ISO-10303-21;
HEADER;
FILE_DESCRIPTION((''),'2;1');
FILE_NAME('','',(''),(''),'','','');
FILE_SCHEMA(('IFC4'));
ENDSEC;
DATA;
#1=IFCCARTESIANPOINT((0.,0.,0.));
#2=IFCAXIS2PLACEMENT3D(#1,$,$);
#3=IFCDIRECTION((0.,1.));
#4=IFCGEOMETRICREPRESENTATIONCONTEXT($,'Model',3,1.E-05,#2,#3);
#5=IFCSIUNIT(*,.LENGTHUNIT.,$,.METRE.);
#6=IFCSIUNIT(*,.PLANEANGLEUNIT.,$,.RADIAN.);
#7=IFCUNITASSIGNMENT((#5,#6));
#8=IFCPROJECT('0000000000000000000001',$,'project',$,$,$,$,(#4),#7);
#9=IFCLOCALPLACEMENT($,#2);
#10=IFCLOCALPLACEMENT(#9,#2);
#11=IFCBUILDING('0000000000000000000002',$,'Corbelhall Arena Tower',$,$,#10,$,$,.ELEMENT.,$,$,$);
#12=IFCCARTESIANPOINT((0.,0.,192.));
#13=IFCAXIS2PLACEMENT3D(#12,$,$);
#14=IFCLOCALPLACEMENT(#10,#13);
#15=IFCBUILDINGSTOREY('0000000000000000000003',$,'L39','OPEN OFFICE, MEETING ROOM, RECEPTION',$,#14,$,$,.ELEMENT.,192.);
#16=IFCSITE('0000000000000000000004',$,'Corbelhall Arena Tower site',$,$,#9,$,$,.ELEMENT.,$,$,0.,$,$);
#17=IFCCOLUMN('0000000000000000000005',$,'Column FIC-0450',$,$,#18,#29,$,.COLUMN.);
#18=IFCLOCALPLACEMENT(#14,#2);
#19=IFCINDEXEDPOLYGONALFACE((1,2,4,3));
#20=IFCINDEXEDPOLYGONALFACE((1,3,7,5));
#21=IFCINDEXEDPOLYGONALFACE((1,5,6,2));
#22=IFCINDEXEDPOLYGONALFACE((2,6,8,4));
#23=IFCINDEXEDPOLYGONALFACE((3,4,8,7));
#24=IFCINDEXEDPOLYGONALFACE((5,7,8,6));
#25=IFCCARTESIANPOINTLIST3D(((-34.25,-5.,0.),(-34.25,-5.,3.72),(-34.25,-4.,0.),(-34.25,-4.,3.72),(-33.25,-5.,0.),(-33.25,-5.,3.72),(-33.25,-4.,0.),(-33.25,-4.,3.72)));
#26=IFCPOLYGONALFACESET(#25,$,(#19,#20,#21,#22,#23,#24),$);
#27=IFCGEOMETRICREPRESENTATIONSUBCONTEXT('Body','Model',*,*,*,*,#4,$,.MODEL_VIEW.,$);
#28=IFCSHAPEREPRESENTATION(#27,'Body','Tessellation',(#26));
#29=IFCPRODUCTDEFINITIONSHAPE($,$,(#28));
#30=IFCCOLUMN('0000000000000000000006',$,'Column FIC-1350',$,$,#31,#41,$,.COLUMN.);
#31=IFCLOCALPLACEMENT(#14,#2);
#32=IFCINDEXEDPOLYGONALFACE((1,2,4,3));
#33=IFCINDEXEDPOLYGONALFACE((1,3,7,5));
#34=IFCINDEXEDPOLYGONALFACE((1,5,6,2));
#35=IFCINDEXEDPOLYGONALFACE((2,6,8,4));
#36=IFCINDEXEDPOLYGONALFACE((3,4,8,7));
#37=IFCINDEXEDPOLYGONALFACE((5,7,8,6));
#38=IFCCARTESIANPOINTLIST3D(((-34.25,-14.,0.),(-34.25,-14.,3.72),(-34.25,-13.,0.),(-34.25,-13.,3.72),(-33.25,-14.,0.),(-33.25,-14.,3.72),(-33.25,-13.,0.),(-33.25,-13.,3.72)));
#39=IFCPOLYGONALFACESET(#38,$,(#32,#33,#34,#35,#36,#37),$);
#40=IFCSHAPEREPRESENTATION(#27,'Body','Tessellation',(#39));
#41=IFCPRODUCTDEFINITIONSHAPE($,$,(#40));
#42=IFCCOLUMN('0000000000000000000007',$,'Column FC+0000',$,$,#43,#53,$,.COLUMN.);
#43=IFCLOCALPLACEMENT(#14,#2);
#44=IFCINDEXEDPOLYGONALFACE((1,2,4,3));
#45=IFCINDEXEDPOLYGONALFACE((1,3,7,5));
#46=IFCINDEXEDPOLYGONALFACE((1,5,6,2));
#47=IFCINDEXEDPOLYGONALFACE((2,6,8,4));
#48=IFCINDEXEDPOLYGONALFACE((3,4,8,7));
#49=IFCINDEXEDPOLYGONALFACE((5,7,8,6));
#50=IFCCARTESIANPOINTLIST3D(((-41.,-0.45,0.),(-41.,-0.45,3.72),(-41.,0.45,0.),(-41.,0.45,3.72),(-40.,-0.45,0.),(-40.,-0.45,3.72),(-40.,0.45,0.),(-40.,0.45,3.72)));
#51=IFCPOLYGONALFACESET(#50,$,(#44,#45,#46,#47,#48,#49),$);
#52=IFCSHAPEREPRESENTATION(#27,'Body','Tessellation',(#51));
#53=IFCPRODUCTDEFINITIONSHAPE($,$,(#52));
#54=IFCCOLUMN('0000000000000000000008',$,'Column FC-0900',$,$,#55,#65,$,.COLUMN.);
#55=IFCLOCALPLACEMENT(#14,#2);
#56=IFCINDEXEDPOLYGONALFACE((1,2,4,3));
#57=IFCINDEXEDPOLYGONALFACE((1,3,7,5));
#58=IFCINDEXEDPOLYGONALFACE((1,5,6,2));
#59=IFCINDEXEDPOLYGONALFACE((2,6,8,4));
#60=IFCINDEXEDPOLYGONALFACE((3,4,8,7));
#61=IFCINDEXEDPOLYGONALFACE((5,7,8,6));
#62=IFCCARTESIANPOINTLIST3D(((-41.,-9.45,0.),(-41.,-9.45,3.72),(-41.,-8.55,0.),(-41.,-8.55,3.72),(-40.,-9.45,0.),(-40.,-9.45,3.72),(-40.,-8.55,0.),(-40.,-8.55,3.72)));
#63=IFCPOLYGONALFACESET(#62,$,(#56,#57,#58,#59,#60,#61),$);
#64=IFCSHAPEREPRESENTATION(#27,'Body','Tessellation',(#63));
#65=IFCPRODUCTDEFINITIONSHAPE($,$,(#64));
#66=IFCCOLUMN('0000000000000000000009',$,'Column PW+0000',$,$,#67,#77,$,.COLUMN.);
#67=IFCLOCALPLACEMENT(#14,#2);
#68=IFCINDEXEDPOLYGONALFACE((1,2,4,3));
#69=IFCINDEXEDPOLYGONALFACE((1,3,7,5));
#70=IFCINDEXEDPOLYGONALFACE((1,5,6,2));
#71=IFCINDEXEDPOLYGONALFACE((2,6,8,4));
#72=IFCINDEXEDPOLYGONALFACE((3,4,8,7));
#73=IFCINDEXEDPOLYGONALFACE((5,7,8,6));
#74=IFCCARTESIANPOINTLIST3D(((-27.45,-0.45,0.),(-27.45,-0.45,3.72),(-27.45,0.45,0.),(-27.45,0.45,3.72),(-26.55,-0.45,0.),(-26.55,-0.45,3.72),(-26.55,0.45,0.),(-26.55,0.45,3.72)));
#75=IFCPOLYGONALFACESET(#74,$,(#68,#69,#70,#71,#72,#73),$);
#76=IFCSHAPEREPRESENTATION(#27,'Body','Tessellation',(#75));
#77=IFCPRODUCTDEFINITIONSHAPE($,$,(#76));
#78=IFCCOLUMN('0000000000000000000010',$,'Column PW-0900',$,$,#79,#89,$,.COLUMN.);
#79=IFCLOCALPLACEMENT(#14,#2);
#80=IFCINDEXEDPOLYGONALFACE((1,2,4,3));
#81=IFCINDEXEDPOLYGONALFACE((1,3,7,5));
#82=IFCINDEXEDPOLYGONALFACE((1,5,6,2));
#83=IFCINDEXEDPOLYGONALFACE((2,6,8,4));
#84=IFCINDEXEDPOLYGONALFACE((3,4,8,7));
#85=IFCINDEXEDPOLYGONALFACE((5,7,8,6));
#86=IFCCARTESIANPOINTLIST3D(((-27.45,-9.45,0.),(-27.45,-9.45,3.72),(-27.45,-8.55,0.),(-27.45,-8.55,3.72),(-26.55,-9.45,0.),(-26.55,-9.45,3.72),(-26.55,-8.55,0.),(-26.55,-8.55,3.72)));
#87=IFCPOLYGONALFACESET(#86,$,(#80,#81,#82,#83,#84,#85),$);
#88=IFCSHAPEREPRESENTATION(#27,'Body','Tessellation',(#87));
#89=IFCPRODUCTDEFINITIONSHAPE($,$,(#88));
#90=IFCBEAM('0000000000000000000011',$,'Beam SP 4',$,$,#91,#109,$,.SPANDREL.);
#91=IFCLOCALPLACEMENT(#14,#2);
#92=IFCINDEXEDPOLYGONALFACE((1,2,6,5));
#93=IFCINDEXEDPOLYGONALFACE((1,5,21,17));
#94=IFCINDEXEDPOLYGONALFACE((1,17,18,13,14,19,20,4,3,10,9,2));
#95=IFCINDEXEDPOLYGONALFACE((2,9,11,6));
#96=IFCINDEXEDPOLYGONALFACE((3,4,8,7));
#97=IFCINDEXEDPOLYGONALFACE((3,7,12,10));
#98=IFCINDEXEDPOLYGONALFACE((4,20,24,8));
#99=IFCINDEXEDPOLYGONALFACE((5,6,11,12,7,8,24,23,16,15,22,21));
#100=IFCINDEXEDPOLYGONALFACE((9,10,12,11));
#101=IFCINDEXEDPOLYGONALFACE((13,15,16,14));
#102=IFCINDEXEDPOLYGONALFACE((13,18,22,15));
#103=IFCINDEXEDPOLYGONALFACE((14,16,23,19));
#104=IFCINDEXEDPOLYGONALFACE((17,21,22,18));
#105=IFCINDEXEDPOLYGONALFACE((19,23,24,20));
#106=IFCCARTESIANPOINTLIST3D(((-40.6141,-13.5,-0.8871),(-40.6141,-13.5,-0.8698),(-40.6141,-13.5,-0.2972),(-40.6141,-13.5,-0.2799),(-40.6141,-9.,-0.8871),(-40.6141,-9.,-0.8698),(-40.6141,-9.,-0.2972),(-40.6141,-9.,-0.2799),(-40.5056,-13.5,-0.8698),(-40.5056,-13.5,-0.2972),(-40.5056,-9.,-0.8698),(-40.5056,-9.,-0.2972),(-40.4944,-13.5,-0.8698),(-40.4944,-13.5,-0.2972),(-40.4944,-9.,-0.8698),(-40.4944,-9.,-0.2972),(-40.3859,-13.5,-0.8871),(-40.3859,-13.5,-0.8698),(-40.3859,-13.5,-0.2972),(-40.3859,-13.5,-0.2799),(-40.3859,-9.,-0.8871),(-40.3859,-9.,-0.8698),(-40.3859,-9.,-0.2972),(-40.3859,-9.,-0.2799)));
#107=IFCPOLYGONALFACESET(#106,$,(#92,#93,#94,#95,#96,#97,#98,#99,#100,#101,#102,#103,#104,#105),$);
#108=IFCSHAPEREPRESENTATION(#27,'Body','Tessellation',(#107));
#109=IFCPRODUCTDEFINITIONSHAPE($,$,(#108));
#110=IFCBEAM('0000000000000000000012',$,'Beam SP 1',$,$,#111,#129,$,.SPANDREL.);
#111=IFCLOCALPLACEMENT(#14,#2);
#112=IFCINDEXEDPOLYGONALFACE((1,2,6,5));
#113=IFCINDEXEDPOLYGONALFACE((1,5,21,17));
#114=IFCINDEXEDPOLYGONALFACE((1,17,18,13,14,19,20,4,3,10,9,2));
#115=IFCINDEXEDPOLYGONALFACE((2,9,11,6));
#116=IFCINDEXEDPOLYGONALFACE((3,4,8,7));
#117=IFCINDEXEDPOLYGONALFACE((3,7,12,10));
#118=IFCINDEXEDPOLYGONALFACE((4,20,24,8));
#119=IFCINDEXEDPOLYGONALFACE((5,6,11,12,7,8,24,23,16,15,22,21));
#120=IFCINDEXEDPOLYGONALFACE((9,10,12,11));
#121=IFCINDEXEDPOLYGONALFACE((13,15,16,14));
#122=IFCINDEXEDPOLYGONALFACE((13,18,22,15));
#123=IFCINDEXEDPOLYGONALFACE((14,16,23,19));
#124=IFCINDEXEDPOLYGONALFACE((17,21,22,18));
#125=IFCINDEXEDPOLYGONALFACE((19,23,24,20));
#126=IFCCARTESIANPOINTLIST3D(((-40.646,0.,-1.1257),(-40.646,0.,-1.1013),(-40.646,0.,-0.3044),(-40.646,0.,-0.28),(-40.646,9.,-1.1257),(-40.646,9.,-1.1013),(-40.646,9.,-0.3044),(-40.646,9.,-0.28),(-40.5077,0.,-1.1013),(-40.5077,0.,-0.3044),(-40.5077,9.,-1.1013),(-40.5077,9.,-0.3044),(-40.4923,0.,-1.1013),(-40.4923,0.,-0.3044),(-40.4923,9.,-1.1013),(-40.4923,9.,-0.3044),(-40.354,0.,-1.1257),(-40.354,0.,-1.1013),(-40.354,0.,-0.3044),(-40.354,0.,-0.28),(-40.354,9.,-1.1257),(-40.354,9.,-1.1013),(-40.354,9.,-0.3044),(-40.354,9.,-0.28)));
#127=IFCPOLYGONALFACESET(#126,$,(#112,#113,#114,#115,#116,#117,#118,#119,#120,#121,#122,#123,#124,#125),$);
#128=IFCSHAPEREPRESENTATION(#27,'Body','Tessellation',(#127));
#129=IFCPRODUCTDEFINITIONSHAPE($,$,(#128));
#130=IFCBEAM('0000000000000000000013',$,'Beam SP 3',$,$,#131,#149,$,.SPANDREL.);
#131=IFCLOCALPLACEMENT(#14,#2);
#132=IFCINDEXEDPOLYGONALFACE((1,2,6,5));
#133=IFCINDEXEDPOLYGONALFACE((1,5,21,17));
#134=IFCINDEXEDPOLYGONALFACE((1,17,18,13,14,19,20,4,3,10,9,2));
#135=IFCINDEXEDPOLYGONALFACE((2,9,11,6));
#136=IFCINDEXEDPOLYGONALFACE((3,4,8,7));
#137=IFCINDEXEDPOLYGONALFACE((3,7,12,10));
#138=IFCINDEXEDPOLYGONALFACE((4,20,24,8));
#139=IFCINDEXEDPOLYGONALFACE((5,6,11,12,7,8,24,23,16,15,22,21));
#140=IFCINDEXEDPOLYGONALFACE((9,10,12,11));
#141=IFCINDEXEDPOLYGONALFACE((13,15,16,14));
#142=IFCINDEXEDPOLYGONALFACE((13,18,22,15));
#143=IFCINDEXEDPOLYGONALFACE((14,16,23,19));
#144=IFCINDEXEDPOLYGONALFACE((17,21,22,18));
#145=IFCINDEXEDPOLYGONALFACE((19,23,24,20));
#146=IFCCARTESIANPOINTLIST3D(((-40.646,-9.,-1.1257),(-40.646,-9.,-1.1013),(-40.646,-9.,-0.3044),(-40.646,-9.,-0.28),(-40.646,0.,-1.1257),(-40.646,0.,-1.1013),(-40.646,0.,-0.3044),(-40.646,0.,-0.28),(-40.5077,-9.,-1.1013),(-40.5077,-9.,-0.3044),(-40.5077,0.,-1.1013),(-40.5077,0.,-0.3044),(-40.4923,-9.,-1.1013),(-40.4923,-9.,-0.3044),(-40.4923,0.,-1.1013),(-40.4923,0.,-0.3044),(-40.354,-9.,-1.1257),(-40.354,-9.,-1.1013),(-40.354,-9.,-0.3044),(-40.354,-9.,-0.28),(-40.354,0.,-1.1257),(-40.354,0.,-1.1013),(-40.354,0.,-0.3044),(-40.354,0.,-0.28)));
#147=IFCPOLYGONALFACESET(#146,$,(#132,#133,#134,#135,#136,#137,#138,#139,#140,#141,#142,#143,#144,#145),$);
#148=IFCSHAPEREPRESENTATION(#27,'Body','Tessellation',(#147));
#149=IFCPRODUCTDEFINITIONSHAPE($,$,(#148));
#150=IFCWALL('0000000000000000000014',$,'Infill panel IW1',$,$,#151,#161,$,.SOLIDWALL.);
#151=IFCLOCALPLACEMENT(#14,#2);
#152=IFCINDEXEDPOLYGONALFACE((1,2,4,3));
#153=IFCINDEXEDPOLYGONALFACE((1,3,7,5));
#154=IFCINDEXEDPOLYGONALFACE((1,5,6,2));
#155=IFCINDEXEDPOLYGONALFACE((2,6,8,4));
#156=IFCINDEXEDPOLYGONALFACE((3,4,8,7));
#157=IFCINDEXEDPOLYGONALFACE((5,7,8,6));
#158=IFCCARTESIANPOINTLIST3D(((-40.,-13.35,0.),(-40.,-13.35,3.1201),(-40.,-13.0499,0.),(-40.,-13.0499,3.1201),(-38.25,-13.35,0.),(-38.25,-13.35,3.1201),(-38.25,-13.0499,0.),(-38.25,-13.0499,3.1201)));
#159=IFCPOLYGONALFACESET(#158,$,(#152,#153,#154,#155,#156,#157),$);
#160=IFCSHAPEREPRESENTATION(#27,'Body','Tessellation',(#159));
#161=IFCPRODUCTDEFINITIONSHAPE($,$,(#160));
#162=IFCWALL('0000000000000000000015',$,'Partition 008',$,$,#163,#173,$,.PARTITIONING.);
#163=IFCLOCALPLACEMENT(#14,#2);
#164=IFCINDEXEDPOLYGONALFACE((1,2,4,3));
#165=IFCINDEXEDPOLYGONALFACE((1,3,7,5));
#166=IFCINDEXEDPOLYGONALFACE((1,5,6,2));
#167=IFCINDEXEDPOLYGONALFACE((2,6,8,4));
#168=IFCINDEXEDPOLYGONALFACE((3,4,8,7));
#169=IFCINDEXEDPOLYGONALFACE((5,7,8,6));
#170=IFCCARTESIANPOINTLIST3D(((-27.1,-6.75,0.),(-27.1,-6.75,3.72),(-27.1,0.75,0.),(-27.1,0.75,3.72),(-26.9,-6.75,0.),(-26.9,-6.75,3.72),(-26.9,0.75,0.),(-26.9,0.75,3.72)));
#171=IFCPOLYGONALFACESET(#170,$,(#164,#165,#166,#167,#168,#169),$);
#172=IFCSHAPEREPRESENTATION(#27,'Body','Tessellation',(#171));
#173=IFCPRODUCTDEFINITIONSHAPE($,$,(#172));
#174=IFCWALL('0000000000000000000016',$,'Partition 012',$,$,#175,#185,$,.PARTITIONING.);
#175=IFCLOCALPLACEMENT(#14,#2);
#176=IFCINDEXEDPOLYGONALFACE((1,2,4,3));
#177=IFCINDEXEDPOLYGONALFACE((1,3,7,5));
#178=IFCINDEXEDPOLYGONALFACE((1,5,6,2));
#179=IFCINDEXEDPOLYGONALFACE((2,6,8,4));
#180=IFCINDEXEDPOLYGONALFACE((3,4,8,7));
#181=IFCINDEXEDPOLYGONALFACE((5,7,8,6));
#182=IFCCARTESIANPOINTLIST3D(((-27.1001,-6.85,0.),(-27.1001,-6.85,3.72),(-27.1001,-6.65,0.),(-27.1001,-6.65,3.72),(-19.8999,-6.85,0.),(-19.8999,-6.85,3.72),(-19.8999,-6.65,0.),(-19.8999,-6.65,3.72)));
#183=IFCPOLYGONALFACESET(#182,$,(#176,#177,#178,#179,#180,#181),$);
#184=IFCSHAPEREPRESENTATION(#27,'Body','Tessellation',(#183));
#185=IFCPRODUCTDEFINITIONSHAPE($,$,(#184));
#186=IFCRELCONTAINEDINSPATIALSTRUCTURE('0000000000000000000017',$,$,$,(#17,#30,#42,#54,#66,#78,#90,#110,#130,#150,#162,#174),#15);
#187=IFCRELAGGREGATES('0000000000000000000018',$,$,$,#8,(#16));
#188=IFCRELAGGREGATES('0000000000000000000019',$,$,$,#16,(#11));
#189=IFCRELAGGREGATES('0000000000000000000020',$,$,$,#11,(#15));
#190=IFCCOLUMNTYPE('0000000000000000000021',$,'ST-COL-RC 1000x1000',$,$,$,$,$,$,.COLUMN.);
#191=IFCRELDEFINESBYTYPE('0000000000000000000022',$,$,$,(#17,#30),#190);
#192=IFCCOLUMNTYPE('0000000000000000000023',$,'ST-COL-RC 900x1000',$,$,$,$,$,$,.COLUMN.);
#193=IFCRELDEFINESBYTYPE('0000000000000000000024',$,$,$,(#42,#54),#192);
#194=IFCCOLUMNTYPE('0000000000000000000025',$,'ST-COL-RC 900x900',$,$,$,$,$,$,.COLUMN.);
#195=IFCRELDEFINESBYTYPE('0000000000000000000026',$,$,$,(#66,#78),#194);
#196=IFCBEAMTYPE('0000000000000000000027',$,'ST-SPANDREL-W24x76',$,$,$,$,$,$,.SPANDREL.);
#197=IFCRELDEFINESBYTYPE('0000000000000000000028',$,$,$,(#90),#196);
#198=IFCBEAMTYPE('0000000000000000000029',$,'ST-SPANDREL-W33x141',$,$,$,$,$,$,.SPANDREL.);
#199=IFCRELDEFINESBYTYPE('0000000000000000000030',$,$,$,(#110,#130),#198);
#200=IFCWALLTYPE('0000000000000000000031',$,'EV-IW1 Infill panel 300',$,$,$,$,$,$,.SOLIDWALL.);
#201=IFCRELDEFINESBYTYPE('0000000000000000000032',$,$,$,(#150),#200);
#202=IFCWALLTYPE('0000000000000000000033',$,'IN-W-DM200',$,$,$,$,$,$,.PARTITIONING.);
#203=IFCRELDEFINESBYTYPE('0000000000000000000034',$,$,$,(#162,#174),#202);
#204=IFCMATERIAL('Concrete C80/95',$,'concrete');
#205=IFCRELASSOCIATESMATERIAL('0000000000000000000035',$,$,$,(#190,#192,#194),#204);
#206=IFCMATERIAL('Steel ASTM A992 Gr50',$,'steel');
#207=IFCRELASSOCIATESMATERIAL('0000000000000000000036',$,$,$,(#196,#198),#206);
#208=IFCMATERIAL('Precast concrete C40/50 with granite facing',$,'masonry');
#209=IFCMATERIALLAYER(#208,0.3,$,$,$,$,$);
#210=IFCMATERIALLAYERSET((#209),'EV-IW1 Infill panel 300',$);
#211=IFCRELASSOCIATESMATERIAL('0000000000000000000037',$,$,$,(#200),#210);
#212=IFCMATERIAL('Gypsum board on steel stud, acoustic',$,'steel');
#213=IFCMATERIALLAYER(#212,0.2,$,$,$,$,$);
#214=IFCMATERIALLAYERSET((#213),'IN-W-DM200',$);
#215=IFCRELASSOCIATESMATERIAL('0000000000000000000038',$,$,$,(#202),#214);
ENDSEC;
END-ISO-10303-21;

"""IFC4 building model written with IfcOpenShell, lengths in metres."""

from ifc_helpers import new_model, si_unit, direction, frame, frame_2d, origin, origin_2d, place, context, subcontext, project, spatial, rectangle, i_section, extrude, material, layer, layer_set, material_profile, profile_set, type_object, element, save


model = new_model("IFC4")

# Units and contexts
model_context = context("Model", 3, precision=1e-05, world=origin(), true_north=direction((0.0, 1.0)))
body_context = subcontext(model_context, "Body", "Model", "MODEL_VIEW")
ifc_project = project(units=[si_unit("LENGTHUNIT", "METRE"), si_unit("PLANEANGLEUNIT", "RADIAN")], contexts=[model_context])

# Site, building, storey
site_placement = place(None, origin())
site = spatial("IfcSite", under=ifc_project, at=site_placement, Name="Corbelhall Arena Tower site", CompositionType="ELEMENT", RefElevation=0.0)
building_placement = place(site_placement, origin())
building = spatial("IfcBuilding", under=site, at=building_placement, Name="Corbelhall Arena Tower", CompositionType="ELEMENT")
storey_placement = place(building_placement, frame((0.0, 0.0, 192.0)))
storey = spatial("IfcBuildingStorey", under=building, at=storey_placement, Name="L39", Description="OPEN OFFICE, MEETING ROOM, RECEPTION", CompositionType="ELEMENT", Elevation=192.0)

# Columns
ifc_material_1 = material(Name="Concrete C80/95", Category="concrete")
ifc_material_profile_1 = material_profile(ifc_material_1, rectangle(XDim=1.0, YDim=1.0, at=origin_2d()))
ifc_profile_set_1 = profile_set([ifc_material_profile_1], Name="Concrete C80/95")
column_type_1 = type_object("IfcColumnType", Name="ST-COL-RC 1000x1000", PredefinedType="COLUMN", material=ifc_profile_set_1)
for number, where, z_axis, x_axis, name in (
    (1, (-33.75, -4.5, 0.0), (0.0, 0.0, 1.0), (1.0, 0.0, 0.0), "Column FIC-0450"),
    (2, (-33.75, -13.5, 0.0), (0.0, 0.0, 1.0), (1.0, 0.0, 0.0), "Column FIC-1350"),
):
    element("IfcColumn", number, at=place(storey_placement, frame(where, z_axis=z_axis, x_axis=x_axis)), inside=storey, type_object=column_type_1, Name=name, PredefinedType="COLUMN", context=body_context, shape_type="SweptSolid", body=[
        extrude(rectangle(XDim=1.0, YDim=1.0, at=origin_2d()), origin(), (0.0, 0.0, 1.0), 3.72),
    ])
ifc_material_profile_2 = material_profile(ifc_material_1, rectangle(XDim=0.8999, YDim=1.0, at=origin_2d()))
ifc_profile_set_2 = profile_set([ifc_material_profile_2], Name="Concrete C80/95")
column_type_2 = type_object("IfcColumnType", Name="ST-COL-RC 900x1000", PredefinedType="COLUMN", material=ifc_profile_set_2)
for number, where, z_axis, x_axis, name in (
    (3, (-40.5, 0.0, 0.0), (0.0, 0.0, 1.0), (0.0, 1.0, 0.0), "Column FC+0000"),
    (4, (-40.5, -9.0, 0.0), (0.0, 0.0, 1.0), (0.0, 1.0, 0.0), "Column FC-0900"),
):
    element("IfcColumn", number, at=place(storey_placement, frame(where, z_axis=z_axis, x_axis=x_axis)), inside=storey, type_object=column_type_2, Name=name, PredefinedType="COLUMN", context=body_context, shape_type="SweptSolid", body=[
        extrude(rectangle(XDim=0.8999, YDim=1.0, at=origin_2d()), origin(), (0.0, 0.0, 1.0), 3.72),
    ])
ifc_material_profile_3 = material_profile(ifc_material_1, rectangle(XDim=0.8999, YDim=0.8999, at=origin_2d()))
ifc_profile_set_3 = profile_set([ifc_material_profile_3], Name="Concrete C80/95")
column_type_3 = type_object("IfcColumnType", Name="ST-COL-RC 900x900", PredefinedType="COLUMN", material=ifc_profile_set_3)
for number, where, z_axis, x_axis, name in (
    (5, (-27.0, 0.0, 0.0), (0.0, 0.0, 1.0), (1.0, 0.0, 0.0), "Column PW+0000"),
    (6, (-27.0, -9.0, 0.0), (0.0, 0.0, 1.0), (1.0, 0.0, 0.0), "Column PW-0900"),
):
    element("IfcColumn", number, at=place(storey_placement, frame(where, z_axis=z_axis, x_axis=x_axis)), inside=storey, type_object=column_type_3, Name=name, PredefinedType="COLUMN", context=body_context, shape_type="SweptSolid", body=[
        extrude(rectangle(XDim=0.8999, YDim=0.8999, at=origin_2d()), origin(), (0.0, 0.0, 1.0), 3.72),
    ])

# Beams
ifc_material_2 = material(Name="Steel ASTM A992 Gr50", Category="steel")
ifc_material_profile_4 = material_profile(ifc_material_2, i_section(OverallWidth=0.2283, OverallDepth=0.6072, WebThickness=0.0112, FlangeThickness=0.0173, at=origin_2d()))
ifc_profile_set_4 = profile_set([ifc_material_profile_4], Name="Steel ASTM A992 Gr50")
beam_type_1 = type_object("IfcBeamType", Name="ST-SPANDREL-W24x76", PredefinedType="SPANDREL", material=ifc_profile_set_4)
beam_placement = place(storey_placement, frame((-40.5, -13.5, -0.5835), z_axis=(0.0, 1.0, 0.0), x_axis=(-1.0, 0.0, 0.0)))
element("IfcBeam", 7, at=beam_placement, inside=storey, type_object=beam_type_1, Name="Beam SP 4", PredefinedType="SPANDREL", context=body_context, shape_type="SweptSolid", body=[
    extrude(i_section(OverallWidth=0.2283, OverallDepth=0.6072, WebThickness=0.0112, FlangeThickness=0.0173, at=origin_2d()), origin(), (0.0, 0.0, 1.0), 4.5),
])
ifc_material_profile_5 = material_profile(ifc_material_2, i_section(OverallWidth=0.292, OverallDepth=0.8457, WebThickness=0.0154, FlangeThickness=0.0244, at=origin_2d()))
ifc_profile_set_5 = profile_set([ifc_material_profile_5], Name="Steel ASTM A992 Gr50")
beam_type_2 = type_object("IfcBeamType", Name="ST-SPANDREL-W33x141", PredefinedType="SPANDREL", material=ifc_profile_set_5)
for number, where, z_axis, x_axis, name in (
    (8, (-40.5, 0.0, -0.7029), (0.0, 1.0, 0.0), (-1.0, 0.0, 0.0), "Beam SP 1"),
    (9, (-40.5, -9.0, -0.7029), (0.0, 1.0, 0.0), (-1.0, 0.0, 0.0), "Beam SP 3"),
):
    element("IfcBeam", number, at=place(storey_placement, frame(where, z_axis=z_axis, x_axis=x_axis)), inside=storey, type_object=beam_type_2, Name=name, PredefinedType="SPANDREL", context=body_context, shape_type="SweptSolid", body=[
        extrude(i_section(OverallWidth=0.292, OverallDepth=0.8457, WebThickness=0.0154, FlangeThickness=0.0244, at=origin_2d()), origin(), (0.0, 0.0, 1.0), 9.0),
    ])

# Wall
ifc_material_3 = material(Name="Precast concrete C40/50 with granite facing", Category="masonry")
ifc_layer_1 = layer(ifc_material_3, 0.3)
ifc_layer_set_1 = layer_set([ifc_layer_1], Name="EV-IW1 Infill panel 300")
wall_type_1 = type_object("IfcWallType", Name="EV-IW1 Infill panel 300", PredefinedType="SOLIDWALL", material=ifc_layer_set_1)
wall_1_placement = place(storey_placement, frame((-40.0, -13.2, 0.0), z_axis=(0.0, 0.0, 1.0), x_axis=(1.0, 0.0, 0.0)))
element("IfcWall", 10, at=wall_1_placement, inside=storey, type_object=wall_type_1, Name="Infill panel IW1", PredefinedType="SOLIDWALL", context=body_context, shape_type="SweptSolid", body=[
    extrude(rectangle(XDim=1.75, YDim=0.3, at=frame_2d((0.875, 0.0))), origin(), (0.0, 0.0, 1.0), 3.1201),
])

# Shared definitions
ifc_material_4 = material(Name="Gypsum board on steel stud, acoustic", Category="steel")
ifc_layer_2 = layer(ifc_material_4, 0.2)
ifc_layer_set_2 = layer_set([ifc_layer_2], Name="IN-W-DM200")
wall_type_2 = type_object("IfcWallType", Name="IN-W-DM200", PredefinedType="PARTITIONING", material=ifc_layer_set_2)

# Walls
wall_2_placement = place(storey_placement, frame((-27.0, -6.75, 0.0), z_axis=(0.0, 0.0, 1.0), x_axis=(0.0, 1.0, 0.0)))
element("IfcWall", 11, at=wall_2_placement, inside=storey, type_object=wall_type_2, Name="Partition 008", PredefinedType="PARTITIONING", context=body_context, shape_type="SweptSolid", body=[
    extrude(rectangle(XDim=7.5, YDim=0.2, at=frame_2d((3.75, 0.0))), origin(), (0.0, 0.0, 1.0), 3.72),
])
wall_3_placement = place(storey_placement, frame((-27.1001, -6.75, 0.0), z_axis=(0.0, 0.0, 1.0), x_axis=(1.0, 0.0, 0.0)))
element("IfcWall", 12, at=wall_3_placement, inside=storey, type_object=wall_type_2, Name="Partition 012", PredefinedType="PARTITIONING", context=body_context, shape_type="SweptSolid", body=[
    extrude(rectangle(XDim=7.2002, YDim=0.2, at=frame_2d((3.6001, 0.0))), origin(), (0.0, 0.0, 1.0), 3.72),
])

save(model, "model.ifc")
